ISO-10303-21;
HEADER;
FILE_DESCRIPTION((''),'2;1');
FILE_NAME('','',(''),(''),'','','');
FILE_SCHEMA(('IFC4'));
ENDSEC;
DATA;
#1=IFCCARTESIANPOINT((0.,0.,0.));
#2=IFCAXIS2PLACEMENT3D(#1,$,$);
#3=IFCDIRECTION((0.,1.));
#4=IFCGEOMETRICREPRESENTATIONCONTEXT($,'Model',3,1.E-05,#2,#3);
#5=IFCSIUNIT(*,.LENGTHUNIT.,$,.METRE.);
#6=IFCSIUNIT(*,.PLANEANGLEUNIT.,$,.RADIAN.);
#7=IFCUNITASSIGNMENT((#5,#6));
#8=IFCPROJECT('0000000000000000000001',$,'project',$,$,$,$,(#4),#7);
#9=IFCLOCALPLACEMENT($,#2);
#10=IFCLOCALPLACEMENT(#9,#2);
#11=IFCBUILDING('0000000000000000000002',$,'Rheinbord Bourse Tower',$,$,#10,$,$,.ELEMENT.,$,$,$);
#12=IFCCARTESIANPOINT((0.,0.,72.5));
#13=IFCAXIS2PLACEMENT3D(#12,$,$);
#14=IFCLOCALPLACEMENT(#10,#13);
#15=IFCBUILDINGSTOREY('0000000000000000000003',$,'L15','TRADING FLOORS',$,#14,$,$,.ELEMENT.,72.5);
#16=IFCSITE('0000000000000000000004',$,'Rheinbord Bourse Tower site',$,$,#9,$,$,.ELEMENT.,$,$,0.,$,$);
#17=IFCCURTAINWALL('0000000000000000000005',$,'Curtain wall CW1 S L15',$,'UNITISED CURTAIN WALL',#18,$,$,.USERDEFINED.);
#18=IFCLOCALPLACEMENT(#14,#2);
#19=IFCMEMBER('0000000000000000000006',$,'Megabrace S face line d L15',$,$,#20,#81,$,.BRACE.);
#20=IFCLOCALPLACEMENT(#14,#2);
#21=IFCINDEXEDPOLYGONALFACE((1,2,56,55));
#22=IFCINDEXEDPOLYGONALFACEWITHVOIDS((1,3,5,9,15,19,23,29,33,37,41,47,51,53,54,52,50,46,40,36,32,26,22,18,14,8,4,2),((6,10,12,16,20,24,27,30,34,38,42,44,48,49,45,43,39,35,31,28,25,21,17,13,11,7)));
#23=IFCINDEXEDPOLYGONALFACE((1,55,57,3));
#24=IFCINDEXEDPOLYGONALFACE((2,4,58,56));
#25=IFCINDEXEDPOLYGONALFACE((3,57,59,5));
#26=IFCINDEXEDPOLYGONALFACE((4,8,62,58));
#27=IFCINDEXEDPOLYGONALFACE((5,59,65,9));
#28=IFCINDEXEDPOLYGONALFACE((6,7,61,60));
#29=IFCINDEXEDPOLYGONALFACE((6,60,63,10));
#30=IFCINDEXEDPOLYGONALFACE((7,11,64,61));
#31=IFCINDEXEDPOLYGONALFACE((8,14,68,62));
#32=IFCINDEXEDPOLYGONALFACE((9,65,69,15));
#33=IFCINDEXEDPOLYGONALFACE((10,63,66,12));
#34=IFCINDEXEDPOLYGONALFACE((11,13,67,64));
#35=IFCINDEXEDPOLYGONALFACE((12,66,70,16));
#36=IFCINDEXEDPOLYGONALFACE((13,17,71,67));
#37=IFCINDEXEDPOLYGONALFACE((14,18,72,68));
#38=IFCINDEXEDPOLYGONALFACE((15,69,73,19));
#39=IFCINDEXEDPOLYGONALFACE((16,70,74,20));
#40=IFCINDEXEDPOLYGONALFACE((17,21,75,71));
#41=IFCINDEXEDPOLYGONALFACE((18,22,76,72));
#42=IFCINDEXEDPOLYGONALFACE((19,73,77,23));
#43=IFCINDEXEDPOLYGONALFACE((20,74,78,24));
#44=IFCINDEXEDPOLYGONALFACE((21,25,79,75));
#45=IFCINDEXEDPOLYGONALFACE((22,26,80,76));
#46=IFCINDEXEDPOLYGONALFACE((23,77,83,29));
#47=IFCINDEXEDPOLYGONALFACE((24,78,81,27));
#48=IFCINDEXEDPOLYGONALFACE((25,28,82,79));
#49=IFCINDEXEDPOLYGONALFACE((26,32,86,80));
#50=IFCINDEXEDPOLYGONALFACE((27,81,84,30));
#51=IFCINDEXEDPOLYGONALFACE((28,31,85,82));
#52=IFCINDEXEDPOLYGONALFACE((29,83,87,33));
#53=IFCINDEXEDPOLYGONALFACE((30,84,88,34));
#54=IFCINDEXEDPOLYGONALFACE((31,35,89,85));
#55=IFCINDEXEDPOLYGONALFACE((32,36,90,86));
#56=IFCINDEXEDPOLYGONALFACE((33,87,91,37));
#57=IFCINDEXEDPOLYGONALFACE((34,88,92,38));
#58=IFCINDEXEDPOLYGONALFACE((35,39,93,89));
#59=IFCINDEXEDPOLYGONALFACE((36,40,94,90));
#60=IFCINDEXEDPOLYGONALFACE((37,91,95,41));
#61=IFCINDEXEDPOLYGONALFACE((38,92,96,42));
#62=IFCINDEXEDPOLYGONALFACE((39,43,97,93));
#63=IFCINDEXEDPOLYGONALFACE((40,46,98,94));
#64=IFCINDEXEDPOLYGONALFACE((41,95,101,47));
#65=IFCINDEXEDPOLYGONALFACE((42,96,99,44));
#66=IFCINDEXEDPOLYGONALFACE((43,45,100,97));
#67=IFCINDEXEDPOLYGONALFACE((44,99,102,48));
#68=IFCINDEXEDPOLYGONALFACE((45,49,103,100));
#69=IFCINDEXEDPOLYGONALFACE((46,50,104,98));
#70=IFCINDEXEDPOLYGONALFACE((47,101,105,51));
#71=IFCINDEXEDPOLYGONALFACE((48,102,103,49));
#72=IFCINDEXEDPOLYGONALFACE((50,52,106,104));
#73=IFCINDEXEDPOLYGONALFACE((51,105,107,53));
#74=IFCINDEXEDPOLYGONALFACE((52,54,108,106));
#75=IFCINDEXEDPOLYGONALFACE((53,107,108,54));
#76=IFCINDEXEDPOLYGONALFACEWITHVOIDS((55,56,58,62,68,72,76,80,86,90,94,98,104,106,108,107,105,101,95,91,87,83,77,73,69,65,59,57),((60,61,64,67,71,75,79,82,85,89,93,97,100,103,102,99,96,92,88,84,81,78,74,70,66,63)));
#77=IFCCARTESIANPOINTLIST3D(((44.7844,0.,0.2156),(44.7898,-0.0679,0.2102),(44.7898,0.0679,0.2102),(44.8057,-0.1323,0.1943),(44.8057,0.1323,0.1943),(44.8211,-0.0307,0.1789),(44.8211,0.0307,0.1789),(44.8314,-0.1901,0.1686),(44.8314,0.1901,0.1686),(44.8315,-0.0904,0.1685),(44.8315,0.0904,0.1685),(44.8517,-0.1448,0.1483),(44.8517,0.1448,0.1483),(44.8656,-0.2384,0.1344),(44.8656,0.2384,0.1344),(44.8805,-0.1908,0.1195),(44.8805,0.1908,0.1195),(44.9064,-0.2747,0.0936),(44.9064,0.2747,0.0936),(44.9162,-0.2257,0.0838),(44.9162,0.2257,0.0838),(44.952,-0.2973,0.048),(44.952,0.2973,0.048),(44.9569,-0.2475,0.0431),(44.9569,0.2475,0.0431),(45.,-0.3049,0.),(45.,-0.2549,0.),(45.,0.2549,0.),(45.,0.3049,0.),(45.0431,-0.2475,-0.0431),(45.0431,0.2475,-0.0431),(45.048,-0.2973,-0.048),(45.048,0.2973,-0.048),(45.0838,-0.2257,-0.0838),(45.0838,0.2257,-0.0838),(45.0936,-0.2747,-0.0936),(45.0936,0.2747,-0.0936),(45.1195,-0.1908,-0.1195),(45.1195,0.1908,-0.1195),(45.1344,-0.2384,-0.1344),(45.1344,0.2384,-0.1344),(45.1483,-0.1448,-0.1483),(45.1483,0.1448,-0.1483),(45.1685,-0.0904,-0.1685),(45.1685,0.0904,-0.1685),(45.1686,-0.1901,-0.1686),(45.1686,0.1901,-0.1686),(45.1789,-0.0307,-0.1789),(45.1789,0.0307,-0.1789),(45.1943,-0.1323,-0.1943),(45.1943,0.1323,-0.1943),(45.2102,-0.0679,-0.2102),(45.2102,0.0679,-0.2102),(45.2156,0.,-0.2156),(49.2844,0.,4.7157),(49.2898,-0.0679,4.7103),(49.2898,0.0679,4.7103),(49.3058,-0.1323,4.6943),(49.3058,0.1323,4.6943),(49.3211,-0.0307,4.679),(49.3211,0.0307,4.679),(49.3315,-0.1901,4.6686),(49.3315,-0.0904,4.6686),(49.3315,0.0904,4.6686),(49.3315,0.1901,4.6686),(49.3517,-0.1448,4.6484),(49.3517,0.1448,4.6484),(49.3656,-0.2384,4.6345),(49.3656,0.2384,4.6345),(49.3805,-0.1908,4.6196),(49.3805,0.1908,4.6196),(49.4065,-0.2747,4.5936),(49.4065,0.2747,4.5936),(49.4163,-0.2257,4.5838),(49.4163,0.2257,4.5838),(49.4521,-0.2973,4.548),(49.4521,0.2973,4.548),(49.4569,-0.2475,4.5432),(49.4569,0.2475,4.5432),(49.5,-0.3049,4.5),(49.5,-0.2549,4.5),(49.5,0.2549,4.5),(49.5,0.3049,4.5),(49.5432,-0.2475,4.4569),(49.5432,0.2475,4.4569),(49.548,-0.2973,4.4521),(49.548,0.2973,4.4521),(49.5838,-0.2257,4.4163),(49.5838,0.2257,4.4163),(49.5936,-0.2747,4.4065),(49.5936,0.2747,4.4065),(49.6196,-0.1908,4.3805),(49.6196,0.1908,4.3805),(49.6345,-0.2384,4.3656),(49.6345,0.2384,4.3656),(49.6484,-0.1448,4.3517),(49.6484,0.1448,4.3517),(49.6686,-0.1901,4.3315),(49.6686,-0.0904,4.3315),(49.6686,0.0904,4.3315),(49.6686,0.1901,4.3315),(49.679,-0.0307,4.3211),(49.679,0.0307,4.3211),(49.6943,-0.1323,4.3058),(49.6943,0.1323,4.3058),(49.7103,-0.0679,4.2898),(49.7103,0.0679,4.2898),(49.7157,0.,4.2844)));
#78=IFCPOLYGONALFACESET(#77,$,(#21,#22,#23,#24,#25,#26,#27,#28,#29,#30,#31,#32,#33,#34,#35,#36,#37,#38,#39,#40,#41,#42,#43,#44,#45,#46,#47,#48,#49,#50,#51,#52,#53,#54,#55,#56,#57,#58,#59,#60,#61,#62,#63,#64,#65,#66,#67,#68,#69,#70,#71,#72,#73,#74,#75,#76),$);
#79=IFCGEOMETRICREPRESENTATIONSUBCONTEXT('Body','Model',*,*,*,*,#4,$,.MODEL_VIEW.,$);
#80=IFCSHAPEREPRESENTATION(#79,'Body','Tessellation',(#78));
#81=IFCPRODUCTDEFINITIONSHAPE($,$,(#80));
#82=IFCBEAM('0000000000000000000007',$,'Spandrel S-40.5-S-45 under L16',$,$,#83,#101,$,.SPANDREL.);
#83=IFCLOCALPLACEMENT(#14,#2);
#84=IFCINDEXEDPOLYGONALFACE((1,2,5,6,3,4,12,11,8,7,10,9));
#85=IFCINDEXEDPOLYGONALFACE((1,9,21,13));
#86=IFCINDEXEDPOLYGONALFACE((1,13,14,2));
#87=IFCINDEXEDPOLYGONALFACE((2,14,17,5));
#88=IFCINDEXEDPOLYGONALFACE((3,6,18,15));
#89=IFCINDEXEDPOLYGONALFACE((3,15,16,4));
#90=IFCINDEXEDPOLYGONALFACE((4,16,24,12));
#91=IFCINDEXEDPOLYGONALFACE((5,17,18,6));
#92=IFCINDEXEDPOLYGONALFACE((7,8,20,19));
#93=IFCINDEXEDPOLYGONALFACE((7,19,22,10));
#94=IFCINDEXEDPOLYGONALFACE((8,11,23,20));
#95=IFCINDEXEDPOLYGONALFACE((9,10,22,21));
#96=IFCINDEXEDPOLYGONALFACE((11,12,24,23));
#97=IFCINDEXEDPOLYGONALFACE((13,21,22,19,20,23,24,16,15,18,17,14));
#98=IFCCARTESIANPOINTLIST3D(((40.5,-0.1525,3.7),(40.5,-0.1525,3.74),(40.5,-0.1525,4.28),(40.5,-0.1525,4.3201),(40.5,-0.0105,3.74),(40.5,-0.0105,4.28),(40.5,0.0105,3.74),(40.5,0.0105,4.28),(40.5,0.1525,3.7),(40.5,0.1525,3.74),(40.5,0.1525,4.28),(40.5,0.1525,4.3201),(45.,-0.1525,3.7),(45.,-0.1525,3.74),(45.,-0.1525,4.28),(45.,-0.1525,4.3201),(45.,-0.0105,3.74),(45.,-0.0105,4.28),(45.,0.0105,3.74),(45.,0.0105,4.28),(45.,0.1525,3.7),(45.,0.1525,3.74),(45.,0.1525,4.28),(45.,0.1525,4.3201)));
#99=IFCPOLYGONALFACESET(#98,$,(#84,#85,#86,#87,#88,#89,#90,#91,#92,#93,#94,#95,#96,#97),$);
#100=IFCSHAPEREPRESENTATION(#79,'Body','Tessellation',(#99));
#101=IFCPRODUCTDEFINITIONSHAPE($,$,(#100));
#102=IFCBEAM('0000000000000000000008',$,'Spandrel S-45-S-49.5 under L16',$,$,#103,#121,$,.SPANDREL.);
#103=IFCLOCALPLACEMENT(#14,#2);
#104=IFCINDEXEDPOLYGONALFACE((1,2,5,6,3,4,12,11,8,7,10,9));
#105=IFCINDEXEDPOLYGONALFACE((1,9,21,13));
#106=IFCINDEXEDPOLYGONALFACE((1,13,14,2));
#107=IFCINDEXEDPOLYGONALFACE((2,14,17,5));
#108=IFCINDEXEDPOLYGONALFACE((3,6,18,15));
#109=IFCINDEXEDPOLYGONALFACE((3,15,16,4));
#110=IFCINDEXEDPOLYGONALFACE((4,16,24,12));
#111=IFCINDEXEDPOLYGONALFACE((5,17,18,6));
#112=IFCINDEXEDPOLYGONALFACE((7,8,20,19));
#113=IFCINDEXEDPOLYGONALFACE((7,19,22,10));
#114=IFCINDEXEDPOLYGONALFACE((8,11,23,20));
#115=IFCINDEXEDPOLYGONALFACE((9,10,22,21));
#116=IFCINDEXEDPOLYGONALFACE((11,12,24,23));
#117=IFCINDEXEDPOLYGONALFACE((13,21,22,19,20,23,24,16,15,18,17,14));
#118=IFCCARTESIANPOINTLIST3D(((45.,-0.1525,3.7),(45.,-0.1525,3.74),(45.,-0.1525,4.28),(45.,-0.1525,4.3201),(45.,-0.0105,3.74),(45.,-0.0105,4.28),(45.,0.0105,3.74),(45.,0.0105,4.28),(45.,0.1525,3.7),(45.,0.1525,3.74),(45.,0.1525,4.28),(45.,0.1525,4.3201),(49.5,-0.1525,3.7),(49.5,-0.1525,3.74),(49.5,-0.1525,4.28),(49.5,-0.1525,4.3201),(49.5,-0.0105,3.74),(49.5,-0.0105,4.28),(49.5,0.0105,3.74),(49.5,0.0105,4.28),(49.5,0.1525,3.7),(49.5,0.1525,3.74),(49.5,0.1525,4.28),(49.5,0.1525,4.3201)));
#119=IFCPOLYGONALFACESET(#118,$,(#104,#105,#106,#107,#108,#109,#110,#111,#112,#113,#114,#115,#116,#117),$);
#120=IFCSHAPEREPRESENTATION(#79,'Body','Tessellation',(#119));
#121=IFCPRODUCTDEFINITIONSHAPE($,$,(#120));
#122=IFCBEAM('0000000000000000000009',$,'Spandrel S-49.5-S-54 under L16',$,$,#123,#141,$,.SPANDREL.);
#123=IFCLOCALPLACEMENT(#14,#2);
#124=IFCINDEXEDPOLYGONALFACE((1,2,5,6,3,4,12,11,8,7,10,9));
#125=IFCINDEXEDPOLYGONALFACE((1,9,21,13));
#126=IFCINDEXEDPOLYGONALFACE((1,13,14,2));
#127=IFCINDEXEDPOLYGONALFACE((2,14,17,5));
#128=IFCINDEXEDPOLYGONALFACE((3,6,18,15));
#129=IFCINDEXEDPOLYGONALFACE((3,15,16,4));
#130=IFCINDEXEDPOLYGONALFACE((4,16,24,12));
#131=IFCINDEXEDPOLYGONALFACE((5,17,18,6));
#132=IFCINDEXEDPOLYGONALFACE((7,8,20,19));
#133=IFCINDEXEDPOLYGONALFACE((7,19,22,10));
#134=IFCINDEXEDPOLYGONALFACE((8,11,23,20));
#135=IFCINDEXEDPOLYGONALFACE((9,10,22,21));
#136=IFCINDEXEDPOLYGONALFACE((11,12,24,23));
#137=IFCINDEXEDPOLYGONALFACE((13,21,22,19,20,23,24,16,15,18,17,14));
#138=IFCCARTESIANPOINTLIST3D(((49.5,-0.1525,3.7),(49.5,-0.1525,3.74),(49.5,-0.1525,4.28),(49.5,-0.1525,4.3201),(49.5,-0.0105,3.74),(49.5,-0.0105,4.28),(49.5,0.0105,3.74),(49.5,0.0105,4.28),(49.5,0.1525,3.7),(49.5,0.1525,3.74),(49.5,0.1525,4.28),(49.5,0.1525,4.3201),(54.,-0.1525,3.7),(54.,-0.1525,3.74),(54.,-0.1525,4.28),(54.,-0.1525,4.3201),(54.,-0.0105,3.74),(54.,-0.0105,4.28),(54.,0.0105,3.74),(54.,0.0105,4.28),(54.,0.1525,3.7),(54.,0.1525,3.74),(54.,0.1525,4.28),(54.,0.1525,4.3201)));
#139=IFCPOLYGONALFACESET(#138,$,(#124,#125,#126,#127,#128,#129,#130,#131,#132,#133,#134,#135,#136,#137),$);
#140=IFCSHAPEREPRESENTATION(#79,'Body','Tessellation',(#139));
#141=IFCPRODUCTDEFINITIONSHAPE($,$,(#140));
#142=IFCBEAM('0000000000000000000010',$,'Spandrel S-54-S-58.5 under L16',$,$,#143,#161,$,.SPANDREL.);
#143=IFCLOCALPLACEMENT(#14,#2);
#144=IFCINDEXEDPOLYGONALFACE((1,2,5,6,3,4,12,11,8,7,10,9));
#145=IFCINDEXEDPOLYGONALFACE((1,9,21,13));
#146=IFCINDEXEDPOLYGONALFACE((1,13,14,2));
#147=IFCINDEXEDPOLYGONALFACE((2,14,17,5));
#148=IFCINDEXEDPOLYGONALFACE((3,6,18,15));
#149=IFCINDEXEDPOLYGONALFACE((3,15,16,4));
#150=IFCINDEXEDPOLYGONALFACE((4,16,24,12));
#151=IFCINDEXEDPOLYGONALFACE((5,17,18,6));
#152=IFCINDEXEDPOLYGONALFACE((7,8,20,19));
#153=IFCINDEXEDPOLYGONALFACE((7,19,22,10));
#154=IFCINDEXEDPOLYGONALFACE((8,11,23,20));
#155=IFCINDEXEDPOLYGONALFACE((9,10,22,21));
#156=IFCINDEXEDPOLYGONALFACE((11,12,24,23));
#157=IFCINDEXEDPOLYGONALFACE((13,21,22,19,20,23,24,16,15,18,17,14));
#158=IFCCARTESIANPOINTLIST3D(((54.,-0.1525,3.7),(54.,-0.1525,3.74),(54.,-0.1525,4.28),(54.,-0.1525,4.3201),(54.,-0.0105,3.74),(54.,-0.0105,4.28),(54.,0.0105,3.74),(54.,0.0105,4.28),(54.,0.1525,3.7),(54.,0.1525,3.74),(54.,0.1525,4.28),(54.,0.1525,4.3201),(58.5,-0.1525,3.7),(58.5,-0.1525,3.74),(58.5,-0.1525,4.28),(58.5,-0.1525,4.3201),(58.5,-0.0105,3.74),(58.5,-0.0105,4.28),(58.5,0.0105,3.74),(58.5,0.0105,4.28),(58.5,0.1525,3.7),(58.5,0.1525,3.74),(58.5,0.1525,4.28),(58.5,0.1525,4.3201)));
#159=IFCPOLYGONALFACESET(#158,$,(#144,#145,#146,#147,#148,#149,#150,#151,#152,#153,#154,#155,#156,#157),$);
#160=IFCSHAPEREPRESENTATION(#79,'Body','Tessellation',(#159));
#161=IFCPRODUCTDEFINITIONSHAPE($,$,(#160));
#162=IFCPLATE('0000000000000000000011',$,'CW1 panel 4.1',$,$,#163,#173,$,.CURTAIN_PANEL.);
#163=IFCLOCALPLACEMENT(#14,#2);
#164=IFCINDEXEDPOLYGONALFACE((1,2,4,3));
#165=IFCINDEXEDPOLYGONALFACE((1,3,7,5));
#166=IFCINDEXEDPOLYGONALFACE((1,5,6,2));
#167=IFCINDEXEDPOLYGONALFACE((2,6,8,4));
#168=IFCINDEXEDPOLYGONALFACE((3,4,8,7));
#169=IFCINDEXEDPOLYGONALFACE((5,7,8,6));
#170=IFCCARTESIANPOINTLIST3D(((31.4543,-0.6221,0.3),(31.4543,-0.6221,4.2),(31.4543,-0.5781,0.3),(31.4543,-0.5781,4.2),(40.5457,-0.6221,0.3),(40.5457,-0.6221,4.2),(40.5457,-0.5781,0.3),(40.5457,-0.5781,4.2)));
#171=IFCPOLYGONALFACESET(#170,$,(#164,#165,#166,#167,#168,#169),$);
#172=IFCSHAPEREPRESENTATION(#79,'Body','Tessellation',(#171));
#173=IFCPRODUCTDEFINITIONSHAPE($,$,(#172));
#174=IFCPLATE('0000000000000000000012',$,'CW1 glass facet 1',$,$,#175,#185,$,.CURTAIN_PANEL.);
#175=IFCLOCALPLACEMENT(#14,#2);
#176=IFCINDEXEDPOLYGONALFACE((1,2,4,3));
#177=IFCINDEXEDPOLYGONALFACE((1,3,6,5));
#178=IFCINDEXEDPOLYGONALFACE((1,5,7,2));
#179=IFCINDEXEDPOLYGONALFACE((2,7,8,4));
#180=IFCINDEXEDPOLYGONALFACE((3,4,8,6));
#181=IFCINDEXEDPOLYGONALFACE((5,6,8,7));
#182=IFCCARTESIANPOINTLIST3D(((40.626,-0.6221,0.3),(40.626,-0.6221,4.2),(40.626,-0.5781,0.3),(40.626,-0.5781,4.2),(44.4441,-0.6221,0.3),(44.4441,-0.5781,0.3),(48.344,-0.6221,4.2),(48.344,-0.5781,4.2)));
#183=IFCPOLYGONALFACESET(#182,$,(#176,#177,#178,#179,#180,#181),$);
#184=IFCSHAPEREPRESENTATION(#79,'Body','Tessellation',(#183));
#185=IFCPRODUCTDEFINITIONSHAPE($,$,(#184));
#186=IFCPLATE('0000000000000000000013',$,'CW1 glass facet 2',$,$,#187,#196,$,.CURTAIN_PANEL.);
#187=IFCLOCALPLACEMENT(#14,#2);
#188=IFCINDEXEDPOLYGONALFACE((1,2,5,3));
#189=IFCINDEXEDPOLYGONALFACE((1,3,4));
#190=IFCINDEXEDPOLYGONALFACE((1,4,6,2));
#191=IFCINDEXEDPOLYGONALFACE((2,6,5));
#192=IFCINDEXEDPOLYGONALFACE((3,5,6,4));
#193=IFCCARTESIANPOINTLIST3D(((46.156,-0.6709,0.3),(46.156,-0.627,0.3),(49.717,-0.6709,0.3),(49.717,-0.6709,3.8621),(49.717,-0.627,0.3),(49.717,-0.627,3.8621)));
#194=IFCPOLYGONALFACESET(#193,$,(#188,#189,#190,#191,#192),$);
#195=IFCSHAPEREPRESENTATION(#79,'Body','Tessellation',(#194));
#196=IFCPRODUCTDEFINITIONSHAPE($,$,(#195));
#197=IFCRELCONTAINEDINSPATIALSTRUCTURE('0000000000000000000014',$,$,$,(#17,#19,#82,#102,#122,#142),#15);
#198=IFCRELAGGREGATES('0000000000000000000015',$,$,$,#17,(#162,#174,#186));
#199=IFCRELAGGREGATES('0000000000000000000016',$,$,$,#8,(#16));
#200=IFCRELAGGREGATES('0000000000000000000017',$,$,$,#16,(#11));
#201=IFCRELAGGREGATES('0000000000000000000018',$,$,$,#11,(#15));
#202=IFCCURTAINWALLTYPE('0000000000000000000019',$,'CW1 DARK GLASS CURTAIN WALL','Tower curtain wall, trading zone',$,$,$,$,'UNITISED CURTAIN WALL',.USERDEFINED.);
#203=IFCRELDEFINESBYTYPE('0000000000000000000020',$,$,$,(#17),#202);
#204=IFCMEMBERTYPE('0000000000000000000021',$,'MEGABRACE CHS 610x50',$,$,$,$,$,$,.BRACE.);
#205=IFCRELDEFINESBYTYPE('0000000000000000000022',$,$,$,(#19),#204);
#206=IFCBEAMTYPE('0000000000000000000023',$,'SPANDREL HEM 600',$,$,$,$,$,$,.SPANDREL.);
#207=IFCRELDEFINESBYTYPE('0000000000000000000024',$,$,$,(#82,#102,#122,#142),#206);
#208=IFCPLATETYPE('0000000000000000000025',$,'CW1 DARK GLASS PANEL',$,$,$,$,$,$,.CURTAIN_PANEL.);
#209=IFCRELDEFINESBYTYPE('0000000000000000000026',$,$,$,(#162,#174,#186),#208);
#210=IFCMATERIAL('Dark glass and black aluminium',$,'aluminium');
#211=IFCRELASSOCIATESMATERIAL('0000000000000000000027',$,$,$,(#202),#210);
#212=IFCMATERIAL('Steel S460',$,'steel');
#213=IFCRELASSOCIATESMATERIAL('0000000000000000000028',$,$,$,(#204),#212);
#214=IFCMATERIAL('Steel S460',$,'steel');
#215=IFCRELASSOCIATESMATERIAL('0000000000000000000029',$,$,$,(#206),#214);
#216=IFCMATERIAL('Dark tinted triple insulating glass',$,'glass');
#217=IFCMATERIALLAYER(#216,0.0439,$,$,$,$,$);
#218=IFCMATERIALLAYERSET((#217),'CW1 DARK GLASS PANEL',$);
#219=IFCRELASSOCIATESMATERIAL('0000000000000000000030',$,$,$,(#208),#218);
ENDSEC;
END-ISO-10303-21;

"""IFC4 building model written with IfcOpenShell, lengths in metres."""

from ifc_helpers import new_model, si_unit, direction, frame, origin, origin_2d, place, context, subcontext, project, spatial, polyline, rectangle, hollow_circle, i_section, outline, extrude, material, layer, layer_set, material_profile, profile_set, type_object, element, aggregate, save


model = new_model("IFC4")

# Units and contexts
model_context = context("Model", 3, precision=1e-05, world=origin(), true_north=direction((0.0, 1.0)))
body_context = subcontext(model_context, "Body", "Model", "MODEL_VIEW")
ifc_project = project(units=[si_unit("LENGTHUNIT", "METRE"), si_unit("PLANEANGLEUNIT", "RADIAN")], contexts=[model_context])

# Site, building, storey
site_placement = place(None, origin())
site = spatial("IfcSite", under=ifc_project, at=site_placement, Name="Rheinbord Bourse Tower site", CompositionType="ELEMENT", RefElevation=0.0)
building_placement = place(site_placement, origin())
building = spatial("IfcBuilding", under=site, at=building_placement, Name="Rheinbord Bourse Tower", CompositionType="ELEMENT")
storey_placement = place(building_placement, frame((0.0, 0.0, 72.5)))
storey = spatial("IfcBuildingStorey", under=building, at=storey_placement, Name="L15", Description="TRADING FLOORS", CompositionType="ELEMENT", Elevation=72.5)

# Curtain wall
ifc_material_1 = material(Name="Dark glass and black aluminium", Category="aluminium")
curtain_wall_type = type_object("IfcCurtainWallType", Name="CW1 DARK GLASS CURTAIN WALL", Description="Tower curtain wall, trading zone", ElementType="UNITISED CURTAIN WALL", PredefinedType="USERDEFINED", material=ifc_material_1)
curtain_wall_placement = place(storey_placement, origin())
curtain_wall = element("IfcCurtainWall", 1, at=curtain_wall_placement, inside=storey, type_object=curtain_wall_type, Name="Curtain wall CW1 S L15", ObjectType="UNITISED CURTAIN WALL", PredefinedType="USERDEFINED")

# Member
ifc_material_2 = material(Name="Steel S460", Category="steel")
ifc_material_profile_1 = material_profile(ifc_material_2, hollow_circle(Radius=0.3049, WallThickness=0.05, at=origin_2d()), Name="CHS 610x50")
ifc_profile_set_1 = profile_set([ifc_material_profile_1], Name="Steel S460")
member_type_1 = type_object("IfcMemberType", Name="MEGABRACE CHS 610x50", PredefinedType="BRACE", material=ifc_profile_set_1)
member_1_placement = place(storey_placement, frame((45.0, 0.0, 0.0), z_axis=(0.707107, 0.0, 0.707107), x_axis=(0.0, 1.0, 0.0)))
element("IfcMember", 2, at=member_1_placement, inside=storey, type_object=member_type_1, Name="Megabrace S face line d L15", PredefinedType="BRACE", context=body_context, shape_type="SweptSolid", body=[
    extrude(hollow_circle(Radius=0.3049, WallThickness=0.05, at=origin_2d()), origin(), (0.0, 0.0, 1.0), 6.364),
])

# Beams
ifc_material_3 = material(Name="Steel S460", Category="steel")
ifc_material_profile_2 = material_profile(ifc_material_3, i_section(OverallWidth=0.3049, OverallDepth=0.6201, WebThickness=0.021, FlangeThickness=0.04, at=origin_2d()), Name="HEM 600")
ifc_profile_set_2 = profile_set([ifc_material_profile_2], Name="Steel S460")
beam_type_1 = type_object("IfcBeamType", Name="SPANDREL HEM 600", PredefinedType="SPANDREL", material=ifc_profile_set_2)
for number, where, z_axis, x_axis, name in (
    (3, (40.5, 0.0, 4.01), (1.0, 0.0, 0.0), (0.0, 1.0, 0.0), "Spandrel S-40.5-S-45 under L16"),
    (4, (45.0, 0.0, 4.01), (1.0, 0.0, 0.0), (0.0, 1.0, 0.0), "Spandrel S-45-S-49.5 under L16"),
    (5, (49.5, 0.0, 4.01), (1.0, 0.0, 0.0), (0.0, 1.0, 0.0), "Spandrel S-49.5-S-54 under L16"),
    (6, (54.0, 0.0, 4.01), (1.0, 0.0, 0.0), (0.0, 1.0, 0.0), "Spandrel S-54-S-58.5 under L16"),
):
    element("IfcBeam", number, at=place(storey_placement, frame(where, z_axis=z_axis, x_axis=x_axis)), inside=storey, type_object=beam_type_1, Name=name, PredefinedType="SPANDREL", context=body_context, shape_type="SweptSolid", body=[
        extrude(i_section(OverallWidth=0.3049, OverallDepth=0.6201, WebThickness=0.021, FlangeThickness=0.04, at=origin_2d()), origin(), (0.0, 0.0, 1.0), 4.5),
    ])

# Plates
ifc_material_4 = material(Name="Dark tinted triple insulating glass", Category="glass")
ifc_layer_1 = layer(ifc_material_4, 0.0439)
ifc_layer_set_1 = layer_set([ifc_layer_1], Name="CW1 DARK GLASS PANEL")
plate_type = type_object("IfcPlateType", Name="CW1 DARK GLASS PANEL", PredefinedType="CURTAIN_PANEL", material=ifc_layer_set_1)
plate_1_placement = place(storey_placement, frame((36.0, -0.6001, 0.3), z_axis=(0.0, 0.0, 1.0), x_axis=(1.0, 0.0, 0.0)))
plate_1 = element("IfcPlate", 7, at=plate_1_placement, type_object=plate_type, Name="CW1 panel 4.1", PredefinedType="CURTAIN_PANEL", context=body_context, shape_type="SweptSolid", body=[
    extrude(rectangle(XDim=9.0913, YDim=0.0439, at=origin_2d()), origin(), (0.0, 0.0, 1.0), 3.8999),
])
plate_2_placement = place(storey_placement, frame((40.626, -0.6221, 0.3), z_axis=(0.0, 1.0, 0.0), x_axis=(0.0, 0.0, 1.0)))
plate_2 = element("IfcPlate", 8, at=plate_2_placement, type_object=plate_type, Name="CW1 glass facet 1", PredefinedType="CURTAIN_PANEL", context=body_context, shape_type="SweptSolid", body=[
    extrude(outline(polyline([(0.0, 0.0), (3.8999, 0.0), (3.8999, 7.718), (0.0, 3.8181), (0.0, 0.0)])), origin(), (0.0, 0.0, 1.0), 0.0439),
])
plate_3_placement = place(storey_placement, frame((49.717, -0.6709, 0.3), z_axis=(0.0, 1.0, 0.0), x_axis=(-1.0, 0.0, 0.0)))
plate_3 = element("IfcPlate", 9, at=plate_3_placement, type_object=plate_type, Name="CW1 glass facet 2", PredefinedType="CURTAIN_PANEL", context=body_context, shape_type="SweptSolid", body=[
    extrude(outline(polyline([(0.0, 0.0), (3.561, 0.0), (0.0, 3.562), (0.0, 0.0)])), origin(), (0.0, 0.0, 1.0), 0.0439),
])
aggregate(curtain_wall, [plate_1, plate_2, plate_3])

save(model, "model.ifc")
